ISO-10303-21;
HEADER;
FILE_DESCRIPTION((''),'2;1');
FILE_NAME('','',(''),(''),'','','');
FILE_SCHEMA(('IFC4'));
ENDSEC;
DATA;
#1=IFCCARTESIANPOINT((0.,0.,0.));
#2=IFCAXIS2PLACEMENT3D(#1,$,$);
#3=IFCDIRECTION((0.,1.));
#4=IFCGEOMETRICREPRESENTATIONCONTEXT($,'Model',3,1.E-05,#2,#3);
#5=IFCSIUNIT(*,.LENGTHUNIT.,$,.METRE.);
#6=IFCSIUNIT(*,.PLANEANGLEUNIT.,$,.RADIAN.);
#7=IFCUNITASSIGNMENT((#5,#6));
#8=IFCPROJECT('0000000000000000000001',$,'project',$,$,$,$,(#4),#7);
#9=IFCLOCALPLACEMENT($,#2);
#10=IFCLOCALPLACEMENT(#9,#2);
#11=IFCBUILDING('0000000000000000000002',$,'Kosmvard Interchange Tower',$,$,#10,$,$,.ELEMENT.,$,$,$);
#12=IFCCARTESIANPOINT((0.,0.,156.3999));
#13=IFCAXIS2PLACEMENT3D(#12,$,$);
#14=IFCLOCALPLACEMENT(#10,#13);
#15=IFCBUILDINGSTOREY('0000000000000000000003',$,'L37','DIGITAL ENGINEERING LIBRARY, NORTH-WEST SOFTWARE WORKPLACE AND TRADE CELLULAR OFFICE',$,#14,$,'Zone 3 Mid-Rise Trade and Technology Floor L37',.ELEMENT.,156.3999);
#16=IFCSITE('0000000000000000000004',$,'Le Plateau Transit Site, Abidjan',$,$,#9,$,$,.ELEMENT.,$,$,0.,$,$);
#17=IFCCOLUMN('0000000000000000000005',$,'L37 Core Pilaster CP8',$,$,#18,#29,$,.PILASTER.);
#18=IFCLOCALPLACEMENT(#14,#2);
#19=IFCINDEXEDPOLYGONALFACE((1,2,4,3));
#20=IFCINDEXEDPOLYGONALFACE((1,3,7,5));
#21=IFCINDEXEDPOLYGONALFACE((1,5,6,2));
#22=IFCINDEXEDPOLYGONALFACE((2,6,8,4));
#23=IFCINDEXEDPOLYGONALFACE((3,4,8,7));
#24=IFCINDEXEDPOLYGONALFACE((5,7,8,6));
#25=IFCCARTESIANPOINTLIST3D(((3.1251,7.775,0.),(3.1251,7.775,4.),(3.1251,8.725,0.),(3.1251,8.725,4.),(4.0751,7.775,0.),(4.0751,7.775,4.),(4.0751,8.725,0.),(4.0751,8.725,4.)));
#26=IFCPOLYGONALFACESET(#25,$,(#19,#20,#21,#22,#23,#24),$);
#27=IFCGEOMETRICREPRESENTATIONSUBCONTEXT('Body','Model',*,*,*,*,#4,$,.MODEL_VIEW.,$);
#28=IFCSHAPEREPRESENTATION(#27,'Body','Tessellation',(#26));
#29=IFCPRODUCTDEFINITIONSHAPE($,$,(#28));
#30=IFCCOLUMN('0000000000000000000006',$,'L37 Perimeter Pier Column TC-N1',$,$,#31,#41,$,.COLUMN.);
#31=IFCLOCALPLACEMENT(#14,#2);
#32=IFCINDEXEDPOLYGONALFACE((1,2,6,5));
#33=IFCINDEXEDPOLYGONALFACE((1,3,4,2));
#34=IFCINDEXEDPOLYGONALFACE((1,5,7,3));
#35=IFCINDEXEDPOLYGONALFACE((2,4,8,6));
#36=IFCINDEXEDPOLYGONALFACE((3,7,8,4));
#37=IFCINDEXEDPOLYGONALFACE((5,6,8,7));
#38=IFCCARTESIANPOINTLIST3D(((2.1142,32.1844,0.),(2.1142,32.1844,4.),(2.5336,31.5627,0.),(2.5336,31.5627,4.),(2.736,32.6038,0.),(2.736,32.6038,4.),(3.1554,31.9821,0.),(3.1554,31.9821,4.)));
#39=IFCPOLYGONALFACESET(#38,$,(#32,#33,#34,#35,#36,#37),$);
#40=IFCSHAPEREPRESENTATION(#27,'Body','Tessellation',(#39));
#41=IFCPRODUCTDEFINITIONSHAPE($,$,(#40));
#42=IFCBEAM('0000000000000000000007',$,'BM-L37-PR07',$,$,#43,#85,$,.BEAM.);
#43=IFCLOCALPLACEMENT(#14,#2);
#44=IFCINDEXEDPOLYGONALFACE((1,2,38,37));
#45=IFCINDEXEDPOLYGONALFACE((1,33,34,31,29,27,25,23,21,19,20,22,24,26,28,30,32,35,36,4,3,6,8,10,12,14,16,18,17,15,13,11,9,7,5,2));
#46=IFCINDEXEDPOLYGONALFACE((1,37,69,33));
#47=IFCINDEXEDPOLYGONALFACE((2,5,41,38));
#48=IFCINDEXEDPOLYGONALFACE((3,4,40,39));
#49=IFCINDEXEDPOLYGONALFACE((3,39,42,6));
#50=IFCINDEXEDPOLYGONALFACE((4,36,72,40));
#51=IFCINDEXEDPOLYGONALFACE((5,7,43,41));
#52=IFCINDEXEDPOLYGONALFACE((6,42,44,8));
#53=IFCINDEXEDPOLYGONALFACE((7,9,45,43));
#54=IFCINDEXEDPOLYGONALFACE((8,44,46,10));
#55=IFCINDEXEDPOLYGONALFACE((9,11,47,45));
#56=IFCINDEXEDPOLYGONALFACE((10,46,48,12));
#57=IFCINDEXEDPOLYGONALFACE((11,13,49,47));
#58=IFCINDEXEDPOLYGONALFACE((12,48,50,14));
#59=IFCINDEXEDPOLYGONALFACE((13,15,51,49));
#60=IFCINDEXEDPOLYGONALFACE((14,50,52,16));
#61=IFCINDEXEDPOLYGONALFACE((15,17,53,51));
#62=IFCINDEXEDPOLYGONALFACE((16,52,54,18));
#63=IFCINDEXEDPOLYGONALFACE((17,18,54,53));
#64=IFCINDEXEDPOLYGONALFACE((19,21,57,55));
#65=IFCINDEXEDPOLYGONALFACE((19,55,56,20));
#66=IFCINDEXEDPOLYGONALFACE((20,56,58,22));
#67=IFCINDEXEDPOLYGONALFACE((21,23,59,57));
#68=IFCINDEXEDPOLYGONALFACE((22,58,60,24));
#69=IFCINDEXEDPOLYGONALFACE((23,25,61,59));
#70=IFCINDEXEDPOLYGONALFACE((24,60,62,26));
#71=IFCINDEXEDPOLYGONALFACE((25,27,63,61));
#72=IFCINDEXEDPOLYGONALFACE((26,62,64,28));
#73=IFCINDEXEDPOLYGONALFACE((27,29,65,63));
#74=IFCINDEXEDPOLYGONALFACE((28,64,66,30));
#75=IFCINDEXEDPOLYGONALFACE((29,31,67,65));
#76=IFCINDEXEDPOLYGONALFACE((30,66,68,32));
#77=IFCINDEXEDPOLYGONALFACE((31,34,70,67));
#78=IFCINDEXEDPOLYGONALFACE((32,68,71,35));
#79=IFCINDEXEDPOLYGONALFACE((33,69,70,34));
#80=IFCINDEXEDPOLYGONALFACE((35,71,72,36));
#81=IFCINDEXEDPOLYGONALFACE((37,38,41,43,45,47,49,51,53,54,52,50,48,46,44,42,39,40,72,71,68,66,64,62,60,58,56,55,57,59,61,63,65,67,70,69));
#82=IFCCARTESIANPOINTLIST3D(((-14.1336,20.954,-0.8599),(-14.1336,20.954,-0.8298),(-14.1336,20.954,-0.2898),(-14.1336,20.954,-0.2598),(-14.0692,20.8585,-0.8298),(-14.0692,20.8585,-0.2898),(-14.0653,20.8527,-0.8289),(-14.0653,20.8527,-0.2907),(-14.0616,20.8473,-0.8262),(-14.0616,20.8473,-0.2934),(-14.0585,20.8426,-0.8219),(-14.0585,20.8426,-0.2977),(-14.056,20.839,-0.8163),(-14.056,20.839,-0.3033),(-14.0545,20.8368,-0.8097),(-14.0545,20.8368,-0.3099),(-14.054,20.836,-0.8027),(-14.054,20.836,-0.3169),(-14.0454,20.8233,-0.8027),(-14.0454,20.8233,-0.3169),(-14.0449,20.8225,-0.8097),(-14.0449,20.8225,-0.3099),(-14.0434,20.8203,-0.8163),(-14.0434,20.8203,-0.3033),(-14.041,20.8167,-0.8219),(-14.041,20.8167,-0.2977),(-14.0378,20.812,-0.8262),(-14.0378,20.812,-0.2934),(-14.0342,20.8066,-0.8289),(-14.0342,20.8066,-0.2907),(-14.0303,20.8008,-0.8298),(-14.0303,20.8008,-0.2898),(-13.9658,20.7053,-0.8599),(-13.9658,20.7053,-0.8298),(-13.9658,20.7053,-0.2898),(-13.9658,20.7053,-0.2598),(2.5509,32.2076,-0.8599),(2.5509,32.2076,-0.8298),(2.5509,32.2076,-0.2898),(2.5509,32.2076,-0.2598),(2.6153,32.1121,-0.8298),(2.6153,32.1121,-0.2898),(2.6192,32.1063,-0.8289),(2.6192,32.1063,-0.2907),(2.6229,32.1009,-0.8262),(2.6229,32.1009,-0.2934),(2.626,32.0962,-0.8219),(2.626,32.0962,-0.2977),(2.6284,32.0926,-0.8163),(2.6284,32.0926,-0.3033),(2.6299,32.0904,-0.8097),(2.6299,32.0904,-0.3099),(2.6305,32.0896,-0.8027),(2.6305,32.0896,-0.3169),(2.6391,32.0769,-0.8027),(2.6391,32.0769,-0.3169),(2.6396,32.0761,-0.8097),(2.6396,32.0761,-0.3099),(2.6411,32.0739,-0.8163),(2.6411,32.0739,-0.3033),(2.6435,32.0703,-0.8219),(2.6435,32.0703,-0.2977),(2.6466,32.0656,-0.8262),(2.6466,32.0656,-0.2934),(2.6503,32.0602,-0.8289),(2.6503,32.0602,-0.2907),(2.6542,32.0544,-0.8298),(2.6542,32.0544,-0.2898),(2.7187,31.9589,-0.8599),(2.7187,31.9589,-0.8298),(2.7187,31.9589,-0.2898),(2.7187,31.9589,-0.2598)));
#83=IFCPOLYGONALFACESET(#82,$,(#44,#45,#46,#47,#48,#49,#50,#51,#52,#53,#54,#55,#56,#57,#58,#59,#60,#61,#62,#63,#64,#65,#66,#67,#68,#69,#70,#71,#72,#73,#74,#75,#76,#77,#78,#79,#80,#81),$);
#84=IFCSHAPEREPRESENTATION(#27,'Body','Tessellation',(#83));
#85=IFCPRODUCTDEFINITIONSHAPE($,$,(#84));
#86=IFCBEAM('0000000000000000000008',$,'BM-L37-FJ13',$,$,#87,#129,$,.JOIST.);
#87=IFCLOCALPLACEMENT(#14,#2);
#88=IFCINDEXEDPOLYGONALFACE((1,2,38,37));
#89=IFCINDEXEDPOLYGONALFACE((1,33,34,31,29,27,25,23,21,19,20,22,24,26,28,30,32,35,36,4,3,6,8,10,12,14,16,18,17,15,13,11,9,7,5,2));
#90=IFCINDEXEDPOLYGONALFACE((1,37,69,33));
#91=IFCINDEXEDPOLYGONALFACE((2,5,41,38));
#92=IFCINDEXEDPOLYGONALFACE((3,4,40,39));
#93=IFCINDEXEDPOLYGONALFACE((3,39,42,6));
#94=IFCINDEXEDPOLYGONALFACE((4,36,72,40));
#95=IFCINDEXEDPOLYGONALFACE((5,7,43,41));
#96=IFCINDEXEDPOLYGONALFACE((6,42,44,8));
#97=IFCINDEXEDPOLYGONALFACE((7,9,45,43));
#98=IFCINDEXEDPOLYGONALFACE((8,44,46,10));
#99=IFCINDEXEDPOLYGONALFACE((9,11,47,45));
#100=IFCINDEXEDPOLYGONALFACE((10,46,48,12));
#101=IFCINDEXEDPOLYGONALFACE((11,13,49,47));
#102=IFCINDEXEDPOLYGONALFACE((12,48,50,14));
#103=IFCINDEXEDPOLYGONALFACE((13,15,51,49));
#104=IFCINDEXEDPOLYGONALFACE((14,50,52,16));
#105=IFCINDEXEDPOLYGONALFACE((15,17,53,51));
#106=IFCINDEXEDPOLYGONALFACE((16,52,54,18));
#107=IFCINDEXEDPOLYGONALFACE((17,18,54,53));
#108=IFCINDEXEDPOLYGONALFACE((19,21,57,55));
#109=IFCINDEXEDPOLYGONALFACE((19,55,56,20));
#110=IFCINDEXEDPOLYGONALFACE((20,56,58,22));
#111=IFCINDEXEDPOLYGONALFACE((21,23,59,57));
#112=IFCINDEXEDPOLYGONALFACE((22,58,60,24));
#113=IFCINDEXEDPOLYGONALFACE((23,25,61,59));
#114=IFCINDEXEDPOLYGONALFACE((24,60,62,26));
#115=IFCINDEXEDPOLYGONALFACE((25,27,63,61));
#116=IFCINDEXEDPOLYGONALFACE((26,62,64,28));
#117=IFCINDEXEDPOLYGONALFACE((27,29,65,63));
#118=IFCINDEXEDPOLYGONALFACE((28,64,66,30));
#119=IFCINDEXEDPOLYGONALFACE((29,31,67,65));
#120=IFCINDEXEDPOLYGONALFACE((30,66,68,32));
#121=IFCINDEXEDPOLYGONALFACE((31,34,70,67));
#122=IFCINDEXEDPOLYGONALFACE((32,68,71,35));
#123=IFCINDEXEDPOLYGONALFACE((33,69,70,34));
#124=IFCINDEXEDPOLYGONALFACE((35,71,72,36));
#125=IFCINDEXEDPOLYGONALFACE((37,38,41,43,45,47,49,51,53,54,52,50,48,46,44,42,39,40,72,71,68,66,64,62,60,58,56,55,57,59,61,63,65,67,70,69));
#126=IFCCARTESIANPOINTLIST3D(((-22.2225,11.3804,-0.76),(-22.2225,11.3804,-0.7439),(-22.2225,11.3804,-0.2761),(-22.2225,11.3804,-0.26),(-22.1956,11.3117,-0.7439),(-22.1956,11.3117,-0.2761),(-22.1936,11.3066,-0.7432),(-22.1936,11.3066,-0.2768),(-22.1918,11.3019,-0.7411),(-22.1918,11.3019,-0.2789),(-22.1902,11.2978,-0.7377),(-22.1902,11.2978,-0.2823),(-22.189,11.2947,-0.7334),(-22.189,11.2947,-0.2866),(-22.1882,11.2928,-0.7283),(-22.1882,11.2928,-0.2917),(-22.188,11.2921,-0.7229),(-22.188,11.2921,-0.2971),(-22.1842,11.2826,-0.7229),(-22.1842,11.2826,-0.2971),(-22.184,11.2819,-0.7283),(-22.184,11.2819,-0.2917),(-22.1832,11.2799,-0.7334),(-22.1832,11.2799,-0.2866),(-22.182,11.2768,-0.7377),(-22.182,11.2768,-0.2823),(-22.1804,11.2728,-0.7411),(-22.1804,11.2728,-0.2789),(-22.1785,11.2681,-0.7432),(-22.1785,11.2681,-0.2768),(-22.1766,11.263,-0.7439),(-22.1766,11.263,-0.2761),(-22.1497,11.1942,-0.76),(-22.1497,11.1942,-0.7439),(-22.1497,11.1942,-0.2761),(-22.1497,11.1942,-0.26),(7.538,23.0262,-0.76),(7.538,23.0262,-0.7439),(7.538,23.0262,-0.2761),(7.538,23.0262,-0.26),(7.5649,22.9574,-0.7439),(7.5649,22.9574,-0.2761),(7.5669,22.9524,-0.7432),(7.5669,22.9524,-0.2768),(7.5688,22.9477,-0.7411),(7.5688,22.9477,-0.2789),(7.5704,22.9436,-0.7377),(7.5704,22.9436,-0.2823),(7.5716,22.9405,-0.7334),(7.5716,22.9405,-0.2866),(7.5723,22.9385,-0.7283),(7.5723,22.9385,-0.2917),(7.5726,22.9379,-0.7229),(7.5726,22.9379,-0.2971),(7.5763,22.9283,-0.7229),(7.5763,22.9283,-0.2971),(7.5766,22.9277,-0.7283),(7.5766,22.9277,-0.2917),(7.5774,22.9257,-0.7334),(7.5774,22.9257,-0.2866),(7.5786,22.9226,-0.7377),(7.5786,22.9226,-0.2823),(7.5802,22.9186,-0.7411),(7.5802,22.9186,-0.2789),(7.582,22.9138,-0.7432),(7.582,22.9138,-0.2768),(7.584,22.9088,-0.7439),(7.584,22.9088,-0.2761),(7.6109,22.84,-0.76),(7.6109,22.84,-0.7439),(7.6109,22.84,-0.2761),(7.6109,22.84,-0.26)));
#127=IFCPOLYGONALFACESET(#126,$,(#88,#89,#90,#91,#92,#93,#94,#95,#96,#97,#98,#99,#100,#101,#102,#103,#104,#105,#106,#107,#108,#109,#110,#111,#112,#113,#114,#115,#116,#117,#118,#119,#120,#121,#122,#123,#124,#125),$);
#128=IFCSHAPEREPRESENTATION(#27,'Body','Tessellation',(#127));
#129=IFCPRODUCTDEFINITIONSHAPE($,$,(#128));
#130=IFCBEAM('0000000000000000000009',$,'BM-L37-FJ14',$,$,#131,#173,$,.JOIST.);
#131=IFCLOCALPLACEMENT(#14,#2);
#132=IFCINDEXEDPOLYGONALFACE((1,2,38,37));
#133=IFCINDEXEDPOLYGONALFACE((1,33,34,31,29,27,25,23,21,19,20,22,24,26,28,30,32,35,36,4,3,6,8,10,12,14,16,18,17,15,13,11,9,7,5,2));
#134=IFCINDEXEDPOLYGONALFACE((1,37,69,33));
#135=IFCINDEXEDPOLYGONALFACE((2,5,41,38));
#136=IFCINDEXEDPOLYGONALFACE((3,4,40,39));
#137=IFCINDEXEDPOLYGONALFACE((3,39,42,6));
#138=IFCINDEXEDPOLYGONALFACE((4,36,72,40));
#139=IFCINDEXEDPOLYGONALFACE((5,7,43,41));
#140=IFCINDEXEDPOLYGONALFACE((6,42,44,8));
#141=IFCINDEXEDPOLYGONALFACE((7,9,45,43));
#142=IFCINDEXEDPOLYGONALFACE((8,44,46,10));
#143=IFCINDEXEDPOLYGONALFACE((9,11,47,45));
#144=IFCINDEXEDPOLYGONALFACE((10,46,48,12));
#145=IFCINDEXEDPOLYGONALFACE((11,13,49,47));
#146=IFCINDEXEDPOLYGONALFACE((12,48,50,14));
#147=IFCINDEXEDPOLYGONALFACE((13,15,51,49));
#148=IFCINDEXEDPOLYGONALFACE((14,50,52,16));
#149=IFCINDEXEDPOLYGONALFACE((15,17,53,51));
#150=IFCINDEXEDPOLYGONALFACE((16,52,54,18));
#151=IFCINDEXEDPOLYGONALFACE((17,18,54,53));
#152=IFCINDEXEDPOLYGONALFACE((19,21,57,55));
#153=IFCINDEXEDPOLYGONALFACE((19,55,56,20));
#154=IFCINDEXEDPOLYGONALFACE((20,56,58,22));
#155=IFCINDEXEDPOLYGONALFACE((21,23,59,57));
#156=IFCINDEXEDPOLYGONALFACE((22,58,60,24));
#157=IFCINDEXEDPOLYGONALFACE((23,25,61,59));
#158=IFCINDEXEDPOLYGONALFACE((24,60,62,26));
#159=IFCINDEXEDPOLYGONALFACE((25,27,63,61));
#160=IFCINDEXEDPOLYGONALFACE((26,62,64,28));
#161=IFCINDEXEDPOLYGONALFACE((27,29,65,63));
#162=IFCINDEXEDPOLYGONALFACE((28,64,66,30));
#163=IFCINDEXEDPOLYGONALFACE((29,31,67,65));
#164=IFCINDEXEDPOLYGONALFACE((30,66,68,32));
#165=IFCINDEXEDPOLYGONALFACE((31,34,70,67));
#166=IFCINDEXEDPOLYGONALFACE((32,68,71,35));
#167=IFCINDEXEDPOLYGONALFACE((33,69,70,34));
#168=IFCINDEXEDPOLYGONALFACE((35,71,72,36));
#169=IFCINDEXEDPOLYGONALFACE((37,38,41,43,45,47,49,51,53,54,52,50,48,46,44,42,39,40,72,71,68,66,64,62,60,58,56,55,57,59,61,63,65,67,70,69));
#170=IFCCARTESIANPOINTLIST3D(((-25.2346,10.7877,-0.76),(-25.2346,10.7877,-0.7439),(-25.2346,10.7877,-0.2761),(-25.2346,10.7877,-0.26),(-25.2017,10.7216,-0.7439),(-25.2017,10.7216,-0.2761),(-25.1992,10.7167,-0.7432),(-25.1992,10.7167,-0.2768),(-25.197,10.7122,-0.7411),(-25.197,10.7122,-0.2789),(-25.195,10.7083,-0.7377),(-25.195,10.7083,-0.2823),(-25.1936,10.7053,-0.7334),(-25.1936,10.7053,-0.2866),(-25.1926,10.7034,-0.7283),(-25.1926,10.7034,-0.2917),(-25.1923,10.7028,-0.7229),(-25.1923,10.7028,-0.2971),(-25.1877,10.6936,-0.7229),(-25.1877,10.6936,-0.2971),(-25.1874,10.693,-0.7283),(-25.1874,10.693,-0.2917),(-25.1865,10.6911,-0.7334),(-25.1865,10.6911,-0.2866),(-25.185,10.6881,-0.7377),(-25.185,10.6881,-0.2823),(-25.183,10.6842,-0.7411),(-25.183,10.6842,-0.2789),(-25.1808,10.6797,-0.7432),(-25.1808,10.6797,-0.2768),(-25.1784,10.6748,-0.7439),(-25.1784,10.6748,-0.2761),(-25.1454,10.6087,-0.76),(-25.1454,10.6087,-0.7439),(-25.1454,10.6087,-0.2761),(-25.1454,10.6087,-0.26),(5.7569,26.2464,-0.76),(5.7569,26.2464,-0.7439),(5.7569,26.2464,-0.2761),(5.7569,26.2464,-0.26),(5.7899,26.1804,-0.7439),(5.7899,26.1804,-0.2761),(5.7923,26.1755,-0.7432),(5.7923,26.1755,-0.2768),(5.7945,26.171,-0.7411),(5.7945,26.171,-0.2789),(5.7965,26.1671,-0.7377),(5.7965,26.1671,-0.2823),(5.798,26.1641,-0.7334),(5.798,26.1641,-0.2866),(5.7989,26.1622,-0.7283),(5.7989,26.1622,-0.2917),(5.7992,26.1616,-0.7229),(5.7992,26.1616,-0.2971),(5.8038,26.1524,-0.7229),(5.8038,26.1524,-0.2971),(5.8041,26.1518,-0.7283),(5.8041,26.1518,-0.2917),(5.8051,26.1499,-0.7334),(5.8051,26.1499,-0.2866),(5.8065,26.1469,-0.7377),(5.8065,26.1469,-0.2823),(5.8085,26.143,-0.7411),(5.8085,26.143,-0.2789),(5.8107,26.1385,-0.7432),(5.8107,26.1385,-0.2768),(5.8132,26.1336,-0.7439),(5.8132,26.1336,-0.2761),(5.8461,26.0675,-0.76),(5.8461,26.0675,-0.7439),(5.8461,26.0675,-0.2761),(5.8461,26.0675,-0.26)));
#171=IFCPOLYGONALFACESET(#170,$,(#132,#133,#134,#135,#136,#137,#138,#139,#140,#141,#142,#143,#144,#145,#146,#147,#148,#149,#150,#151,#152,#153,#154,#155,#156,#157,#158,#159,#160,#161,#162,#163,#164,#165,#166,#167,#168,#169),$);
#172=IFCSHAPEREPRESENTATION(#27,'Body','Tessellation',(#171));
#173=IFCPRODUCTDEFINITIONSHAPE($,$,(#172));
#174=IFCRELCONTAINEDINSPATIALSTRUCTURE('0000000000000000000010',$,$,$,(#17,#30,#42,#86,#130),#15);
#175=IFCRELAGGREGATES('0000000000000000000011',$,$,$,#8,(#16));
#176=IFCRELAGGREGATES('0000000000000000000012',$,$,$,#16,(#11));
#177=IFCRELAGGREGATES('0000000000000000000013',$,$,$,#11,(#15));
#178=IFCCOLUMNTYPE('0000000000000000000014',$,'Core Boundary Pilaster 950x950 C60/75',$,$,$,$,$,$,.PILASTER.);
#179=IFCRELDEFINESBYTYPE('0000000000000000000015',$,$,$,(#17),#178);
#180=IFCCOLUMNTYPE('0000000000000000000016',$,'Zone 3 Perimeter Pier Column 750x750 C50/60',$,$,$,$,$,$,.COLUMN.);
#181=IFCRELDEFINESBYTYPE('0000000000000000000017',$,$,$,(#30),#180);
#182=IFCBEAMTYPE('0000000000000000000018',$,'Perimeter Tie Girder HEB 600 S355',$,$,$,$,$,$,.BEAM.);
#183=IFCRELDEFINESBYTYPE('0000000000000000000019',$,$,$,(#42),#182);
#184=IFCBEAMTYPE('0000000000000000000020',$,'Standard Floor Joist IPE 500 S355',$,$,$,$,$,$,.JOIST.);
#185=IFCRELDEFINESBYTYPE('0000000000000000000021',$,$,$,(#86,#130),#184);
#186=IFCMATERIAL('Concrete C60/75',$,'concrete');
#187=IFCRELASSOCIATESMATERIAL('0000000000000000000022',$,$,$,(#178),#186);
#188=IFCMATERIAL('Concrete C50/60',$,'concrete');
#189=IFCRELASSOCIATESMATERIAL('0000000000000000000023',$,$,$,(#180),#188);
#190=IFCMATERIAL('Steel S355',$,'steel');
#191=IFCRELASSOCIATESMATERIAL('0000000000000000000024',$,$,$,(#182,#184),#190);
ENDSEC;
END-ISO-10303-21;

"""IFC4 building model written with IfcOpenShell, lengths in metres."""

from ifc_helpers import new_model, si_unit, direction, frame, origin, origin_2d, place, context, subcontext, project, spatial, rectangle, i_section, extrude, source, transform, mapped, material, material_profile, profile_set, type_object, element, save


model = new_model("IFC4")

# Units and contexts
model_context = context("Model", 3, precision=1e-05, world=origin(), true_north=direction((0.0, 1.0)))
body_context = subcontext(model_context, "Body", "Model", "MODEL_VIEW")
ifc_project = project(units=[si_unit("LENGTHUNIT", "METRE"), si_unit("PLANEANGLEUNIT", "RADIAN")], contexts=[model_context])

# Site, building, storey
site_placement = place(None, origin())
site = spatial("IfcSite", under=ifc_project, at=site_placement, Name="Le Plateau Transit Site, Abidjan", CompositionType="ELEMENT", RefElevation=0.0)
building_placement = place(site_placement, origin())
building = spatial("IfcBuilding", under=site, at=building_placement, Name="Kosmvard Interchange Tower", CompositionType="ELEMENT")
storey_placement = place(building_placement, frame((0.0, 0.0, 156.3999)))
storey = spatial("IfcBuildingStorey", under=building, at=storey_placement, Name="L37", Description="DIGITAL ENGINEERING LIBRARY, NORTH-WEST SOFTWARE WORKPLACE AND TRADE CELLULAR OFFICE", LongName="Zone 3 Mid-Rise Trade and Technology Floor L37", CompositionType="ELEMENT", Elevation=156.3999)

# Columns
ifc_material_1 = material(Name="Concrete C60/75", Category="concrete")
ifc_material_profile_1 = material_profile(ifc_material_1, rectangle(XDim=0.95, YDim=0.95, at=origin_2d()), Name="CP 950x950")
ifc_profile_set_1 = profile_set([ifc_material_profile_1], Name="Concrete C60/75")
column_type_1 = type_object("IfcColumnType", Name="Core Boundary Pilaster 950x950 C60/75", PredefinedType="PILASTER", material=ifc_profile_set_1)
shared_shape_1 = source(origin(), body_context, "Body", "SweptSolid", [
    extrude(rectangle(XDim=0.95, YDim=0.95, at=origin_2d()), origin(), (0.0, 0.0, 1.0), 4.0),
])
column_1_placement = place(storey_placement, frame((3.6001, 8.25, 0.0), z_axis=(0.0, 0.0, 1.0), x_axis=(1.0, 0.0, 0.0)))
element("IfcColumn", 1, at=column_1_placement, inside=storey, type_object=column_type_1, Name="L37 Core Pilaster CP8", PredefinedType="PILASTER", context=body_context, shape_type="MappedRepresentation", body=[
    mapped(shared_shape_1, transform((0.0, 0.0, 0.0), scale=1.0)),
])
ifc_material_2 = material(Name="Concrete C50/60", Category="concrete")
ifc_material_profile_2 = material_profile(ifc_material_2, rectangle(XDim=0.75, YDim=0.75, at=origin_2d()), Name="TC 750x750")
ifc_profile_set_2 = profile_set([ifc_material_profile_2], Name="Concrete C50/60")
column_type_2 = type_object("IfcColumnType", Name="Zone 3 Perimeter Pier Column 750x750 C50/60", PredefinedType="COLUMN", material=ifc_profile_set_2)
shared_shape_2 = source(origin(), body_context, "Body", "SweptSolid", [
    extrude(rectangle(XDim=0.75, YDim=0.75, at=origin_2d()), origin(), (0.0, 0.0, 1.0), 4.0),
])
column_2_placement = place(storey_placement, frame((2.6348, 32.0833, 0.0), z_axis=(0.0, 0.0, 1.0), x_axis=(0.829038, 0.559193, 0.0)))
element("IfcColumn", 2, at=column_2_placement, inside=storey, type_object=column_type_2, Name="L37 Perimeter Pier Column TC-N1", PredefinedType="COLUMN", context=body_context, shape_type="MappedRepresentation", body=[
    mapped(shared_shape_2, transform((0.0, 0.0, 0.0), scale=1.0)),
])

# Beams
ifc_material_3 = material(Name="Steel S355", Category="steel")
ifc_material_profile_3 = material_profile(ifc_material_3, i_section(OverallWidth=0.3, OverallDepth=0.6001, WebThickness=0.0154, FlangeThickness=0.03, FilletRadius=0.0271, at=origin_2d()), Name="HEB 600")
ifc_profile_set_3 = profile_set([ifc_material_profile_3], Name="Steel S355")
beam_type_1 = type_object("IfcBeamType", Name="Perimeter Tie Girder HEB 600 S355", PredefinedType="BEAM", material=ifc_profile_set_3)
shared_shape_3 = source(origin(), body_context, "Body", "SweptSolid", [
    extrude(i_section(OverallWidth=0.3, OverallDepth=0.6001, WebThickness=0.0154, FlangeThickness=0.03, FilletRadius=0.0271, at=origin_2d()), origin(), (0.0, 0.0, 1.0), 20.125),
])
beam_1_placement = place(storey_placement, frame((2.6348, 32.0833, -0.5598), z_axis=(-0.829043, -0.559185, 0.0), x_axis=(0.559185, -0.829043, 0.0)))
element("IfcBeam", 3, at=beam_1_placement, inside=storey, type_object=beam_type_1, Name="BM-L37-PR07", PredefinedType="BEAM", context=body_context, shape_type="MappedRepresentation", body=[
    mapped(shared_shape_3, transform((0.0, 0.0, 0.0), scale=1.0)),
])
ifc_material_profile_4 = material_profile(ifc_material_3, i_section(OverallWidth=0.2, OverallDepth=0.5, WebThickness=0.0103, FlangeThickness=0.0161, FilletRadius=0.021, at=origin_2d()), Name="IPE 500")
ifc_profile_set_4 = profile_set([ifc_material_profile_4], Name="Steel S355")
beam_type_2 = type_object("IfcBeamType", Name="Standard Floor Joist IPE 500 S355", PredefinedType="JOIST", material=ifc_profile_set_4)
shared_shape_4 = source(origin(), body_context, "Body", "SweptSolid", [
    extrude(i_section(OverallWidth=0.2, OverallDepth=0.5, WebThickness=0.0103, FlangeThickness=0.0161, FilletRadius=0.021, at=origin_2d()), origin(), (0.0, 0.0, 1.0), 31.958),
])
beam_2_placement = place(storey_placement, frame((7.5745, 22.9331, -0.51), z_axis=(-0.931239, -0.364409, 0.0), x_axis=(0.364409, -0.931239, 0.0)))
element("IfcBeam", 4, at=beam_2_placement, inside=storey, type_object=beam_type_2, Name="BM-L37-FJ13", PredefinedType="JOIST", context=body_context, shape_type="MappedRepresentation", body=[
    mapped(shared_shape_4, transform((0.0, 0.0, 0.0), scale=1.0)),
])
shared_shape_5 = source(origin(), body_context, "Body", "SweptSolid", [
    extrude(i_section(OverallWidth=0.2, OverallDepth=0.5, WebThickness=0.0103, FlangeThickness=0.0161, FilletRadius=0.021, at=origin_2d()), origin(), (0.0, 0.0, 1.0), 34.6331),
])
beam_3_placement = place(storey_placement, frame((5.8015, 26.157, -0.51), z_axis=(-0.894854, -0.446359, 0.0), x_axis=(0.446359, -0.894854, 0.0)))
element("IfcBeam", 5, at=beam_3_placement, inside=storey, type_object=beam_type_2, Name="BM-L37-FJ14", PredefinedType="JOIST", context=body_context, shape_type="MappedRepresentation", body=[
    mapped(shared_shape_5, transform((0.0, 0.0, 0.0), scale=1.0)),
])

save(model, "model.ifc")
